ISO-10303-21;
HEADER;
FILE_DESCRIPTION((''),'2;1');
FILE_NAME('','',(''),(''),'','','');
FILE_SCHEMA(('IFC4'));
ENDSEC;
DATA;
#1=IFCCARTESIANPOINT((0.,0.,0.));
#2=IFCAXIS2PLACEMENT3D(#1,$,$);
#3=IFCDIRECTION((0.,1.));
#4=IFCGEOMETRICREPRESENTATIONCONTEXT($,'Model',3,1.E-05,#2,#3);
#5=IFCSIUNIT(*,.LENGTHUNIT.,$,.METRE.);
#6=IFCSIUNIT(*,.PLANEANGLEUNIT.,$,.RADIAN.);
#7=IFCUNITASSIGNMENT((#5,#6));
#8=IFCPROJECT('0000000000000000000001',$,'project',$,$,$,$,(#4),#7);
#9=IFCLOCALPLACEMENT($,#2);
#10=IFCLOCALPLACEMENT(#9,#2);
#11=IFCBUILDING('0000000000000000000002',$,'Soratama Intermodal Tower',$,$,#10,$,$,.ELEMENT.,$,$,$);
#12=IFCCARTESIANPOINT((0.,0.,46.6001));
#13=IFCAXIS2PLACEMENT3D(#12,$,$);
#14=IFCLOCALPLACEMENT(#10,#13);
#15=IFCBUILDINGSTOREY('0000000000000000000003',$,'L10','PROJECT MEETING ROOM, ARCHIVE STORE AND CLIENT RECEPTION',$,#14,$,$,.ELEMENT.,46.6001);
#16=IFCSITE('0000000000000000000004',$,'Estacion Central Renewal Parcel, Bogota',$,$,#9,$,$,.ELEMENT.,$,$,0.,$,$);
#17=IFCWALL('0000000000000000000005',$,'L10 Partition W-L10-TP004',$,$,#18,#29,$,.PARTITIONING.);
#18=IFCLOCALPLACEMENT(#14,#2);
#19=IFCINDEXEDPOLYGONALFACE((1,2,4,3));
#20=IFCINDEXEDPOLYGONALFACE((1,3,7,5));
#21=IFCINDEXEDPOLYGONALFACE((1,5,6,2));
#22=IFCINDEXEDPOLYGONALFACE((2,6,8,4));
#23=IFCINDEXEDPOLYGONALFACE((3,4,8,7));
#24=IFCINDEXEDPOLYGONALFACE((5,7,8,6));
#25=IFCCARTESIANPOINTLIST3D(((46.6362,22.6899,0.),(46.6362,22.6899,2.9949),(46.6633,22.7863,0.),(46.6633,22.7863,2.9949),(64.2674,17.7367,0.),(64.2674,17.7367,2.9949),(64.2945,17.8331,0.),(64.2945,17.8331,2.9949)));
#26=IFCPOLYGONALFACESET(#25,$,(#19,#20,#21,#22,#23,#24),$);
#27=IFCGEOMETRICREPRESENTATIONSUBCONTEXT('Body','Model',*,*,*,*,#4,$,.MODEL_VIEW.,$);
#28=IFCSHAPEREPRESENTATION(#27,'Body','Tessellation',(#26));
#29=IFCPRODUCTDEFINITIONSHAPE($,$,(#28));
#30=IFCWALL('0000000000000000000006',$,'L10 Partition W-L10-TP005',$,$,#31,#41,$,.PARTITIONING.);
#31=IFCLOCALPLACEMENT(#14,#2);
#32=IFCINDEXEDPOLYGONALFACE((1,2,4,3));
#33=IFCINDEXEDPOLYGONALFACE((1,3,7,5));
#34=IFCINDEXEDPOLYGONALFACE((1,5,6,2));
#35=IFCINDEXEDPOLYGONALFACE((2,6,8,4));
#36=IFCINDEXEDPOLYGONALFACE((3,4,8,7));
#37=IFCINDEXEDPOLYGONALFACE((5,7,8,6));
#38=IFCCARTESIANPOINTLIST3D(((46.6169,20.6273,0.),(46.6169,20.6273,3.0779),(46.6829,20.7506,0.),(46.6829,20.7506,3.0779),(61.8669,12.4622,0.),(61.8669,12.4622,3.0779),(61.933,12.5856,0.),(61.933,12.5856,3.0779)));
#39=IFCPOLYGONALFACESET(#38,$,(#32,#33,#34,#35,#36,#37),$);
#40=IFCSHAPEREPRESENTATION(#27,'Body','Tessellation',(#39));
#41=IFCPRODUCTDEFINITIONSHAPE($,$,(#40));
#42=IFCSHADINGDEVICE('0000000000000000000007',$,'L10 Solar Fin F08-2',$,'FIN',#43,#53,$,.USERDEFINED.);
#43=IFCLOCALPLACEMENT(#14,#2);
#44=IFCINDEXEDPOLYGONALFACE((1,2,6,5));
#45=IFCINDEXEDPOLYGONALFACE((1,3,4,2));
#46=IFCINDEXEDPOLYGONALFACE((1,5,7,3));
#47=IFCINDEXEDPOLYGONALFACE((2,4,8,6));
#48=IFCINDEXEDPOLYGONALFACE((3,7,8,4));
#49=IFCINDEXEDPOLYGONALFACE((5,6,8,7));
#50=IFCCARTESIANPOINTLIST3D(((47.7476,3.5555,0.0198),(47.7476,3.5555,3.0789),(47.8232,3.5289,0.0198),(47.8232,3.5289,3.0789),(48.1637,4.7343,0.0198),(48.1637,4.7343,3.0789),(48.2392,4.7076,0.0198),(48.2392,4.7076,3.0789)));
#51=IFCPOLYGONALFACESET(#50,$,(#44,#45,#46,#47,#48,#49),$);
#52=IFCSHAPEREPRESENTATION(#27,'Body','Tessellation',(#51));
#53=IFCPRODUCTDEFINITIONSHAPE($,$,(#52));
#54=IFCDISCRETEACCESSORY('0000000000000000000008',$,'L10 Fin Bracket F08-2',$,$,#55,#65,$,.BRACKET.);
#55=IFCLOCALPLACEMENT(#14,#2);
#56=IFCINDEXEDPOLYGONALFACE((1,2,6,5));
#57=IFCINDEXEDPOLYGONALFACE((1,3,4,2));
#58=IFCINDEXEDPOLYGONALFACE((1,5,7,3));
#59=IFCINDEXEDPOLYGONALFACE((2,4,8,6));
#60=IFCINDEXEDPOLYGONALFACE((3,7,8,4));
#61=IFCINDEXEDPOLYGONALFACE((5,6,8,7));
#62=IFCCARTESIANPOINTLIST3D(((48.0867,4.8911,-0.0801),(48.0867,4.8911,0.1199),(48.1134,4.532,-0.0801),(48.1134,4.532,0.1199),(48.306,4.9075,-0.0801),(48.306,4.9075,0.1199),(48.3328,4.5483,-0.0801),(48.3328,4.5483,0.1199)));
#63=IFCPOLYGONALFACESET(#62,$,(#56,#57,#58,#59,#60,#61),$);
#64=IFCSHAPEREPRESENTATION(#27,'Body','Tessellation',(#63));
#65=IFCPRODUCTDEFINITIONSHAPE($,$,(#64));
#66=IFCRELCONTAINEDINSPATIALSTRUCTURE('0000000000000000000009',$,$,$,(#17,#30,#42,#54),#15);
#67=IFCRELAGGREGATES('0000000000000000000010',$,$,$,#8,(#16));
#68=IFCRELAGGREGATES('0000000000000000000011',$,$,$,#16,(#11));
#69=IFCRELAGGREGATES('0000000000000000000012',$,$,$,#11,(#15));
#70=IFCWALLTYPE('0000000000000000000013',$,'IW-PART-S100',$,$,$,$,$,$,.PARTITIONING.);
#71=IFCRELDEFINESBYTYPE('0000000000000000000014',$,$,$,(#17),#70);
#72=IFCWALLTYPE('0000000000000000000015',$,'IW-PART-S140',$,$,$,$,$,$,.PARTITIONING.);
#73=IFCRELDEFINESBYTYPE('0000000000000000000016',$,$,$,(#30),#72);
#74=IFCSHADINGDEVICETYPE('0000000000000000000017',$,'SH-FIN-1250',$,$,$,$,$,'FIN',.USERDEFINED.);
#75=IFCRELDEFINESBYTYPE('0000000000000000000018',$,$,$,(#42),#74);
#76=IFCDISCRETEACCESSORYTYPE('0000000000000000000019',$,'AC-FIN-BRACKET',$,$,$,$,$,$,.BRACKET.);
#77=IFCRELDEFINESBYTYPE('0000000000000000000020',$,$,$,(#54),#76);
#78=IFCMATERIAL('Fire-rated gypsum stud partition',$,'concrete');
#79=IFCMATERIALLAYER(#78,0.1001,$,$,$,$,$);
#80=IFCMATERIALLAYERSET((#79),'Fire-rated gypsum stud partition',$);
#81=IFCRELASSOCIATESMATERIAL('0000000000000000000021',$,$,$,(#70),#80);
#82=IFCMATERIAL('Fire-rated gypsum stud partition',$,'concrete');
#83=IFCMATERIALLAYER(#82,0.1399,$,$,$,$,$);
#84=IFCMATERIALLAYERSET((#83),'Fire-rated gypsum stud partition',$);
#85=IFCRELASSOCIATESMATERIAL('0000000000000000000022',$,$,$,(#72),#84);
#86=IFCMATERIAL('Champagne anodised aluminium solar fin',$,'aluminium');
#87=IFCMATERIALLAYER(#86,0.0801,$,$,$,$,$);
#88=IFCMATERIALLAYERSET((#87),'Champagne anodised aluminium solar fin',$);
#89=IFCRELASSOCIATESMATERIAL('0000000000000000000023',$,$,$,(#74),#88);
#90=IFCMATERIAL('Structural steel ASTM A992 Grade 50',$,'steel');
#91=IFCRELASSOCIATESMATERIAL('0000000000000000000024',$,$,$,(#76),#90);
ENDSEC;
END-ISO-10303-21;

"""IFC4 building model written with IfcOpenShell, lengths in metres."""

from ifc_helpers import new_model, si_unit, direction, frame, frame_2d, origin, origin_2d, place, context, subcontext, project, spatial, rectangle, extrude, material, layer, layer_set, type_object, element, save


model = new_model("IFC4")

# Units and contexts
model_context = context("Model", 3, precision=1e-05, world=origin(), true_north=direction((0.0, 1.0)))
body_context = subcontext(model_context, "Body", "Model", "MODEL_VIEW")
ifc_project = project(units=[si_unit("LENGTHUNIT", "METRE"), si_unit("PLANEANGLEUNIT", "RADIAN")], contexts=[model_context])

# Site, building, storey
site_placement = place(None, origin())
site = spatial("IfcSite", under=ifc_project, at=site_placement, Name="Estacion Central Renewal Parcel, Bogota", CompositionType="ELEMENT", RefElevation=0.0)
building_placement = place(site_placement, origin())
building = spatial("IfcBuilding", under=site, at=building_placement, Name="Soratama Intermodal Tower", CompositionType="ELEMENT")
storey_placement = place(building_placement, frame((0.0, 0.0, 46.6001)))
storey = spatial("IfcBuildingStorey", under=building, at=storey_placement, Name="L10", Description="PROJECT MEETING ROOM, ARCHIVE STORE AND CLIENT RECEPTION", CompositionType="ELEMENT", Elevation=46.6001)

# Walls
ifc_material_1 = material(Name="Fire-rated gypsum stud partition", Category="concrete")
ifc_layer_1 = layer(ifc_material_1, 0.1001)
ifc_layer_set_1 = layer_set([ifc_layer_1], Name="Fire-rated gypsum stud partition")
wall_type_1 = type_object("IfcWallType", Name="IW-PART-S100", PredefinedType="PARTITIONING", material=ifc_layer_set_1)
wall_1_placement = place(storey_placement, frame((46.6499, 22.738, 0.0), z_axis=(0.0, 0.0, 1.0), x_axis=(0.962731, -0.270461, 0.0)))
element("IfcWall", 1, at=wall_1_placement, inside=storey, type_object=wall_type_1, Name="L10 Partition W-L10-TP004", PredefinedType="PARTITIONING", context=body_context, shape_type="SweptSolid", body=[
    extrude(rectangle(XDim=18.3137, YDim=0.1001, at=frame_2d((9.1567, 0.0))), origin(), (0.0, 0.0, 1.0), 2.9949),
])
ifc_material_2 = material(Name="Fire-rated gypsum stud partition", Category="concrete")
ifc_layer_2 = layer(ifc_material_2, 0.1399)
ifc_layer_set_2 = layer_set([ifc_layer_2], Name="Fire-rated gypsum stud partition")
wall_type_2 = type_object("IfcWallType", Name="IW-PART-S140", PredefinedType="PARTITIONING", material=ifc_layer_set_2)
wall_2_placement = place(storey_placement, frame((46.6499, 20.689, 0.0), z_axis=(0.0, 0.0, 1.0), x_axis=(0.881591, -0.472015, 0.0)))
element("IfcWall", 2, at=wall_2_placement, inside=storey, type_object=wall_type_2, Name="L10 Partition W-L10-TP005", PredefinedType="PARTITIONING", context=body_context, shape_type="SweptSolid", body=[
    extrude(rectangle(XDim=17.2983, YDim=0.1399, at=frame_2d((8.6492, 0.0))), origin(), (0.0, 0.0, 1.0), 3.0779),
])

# Shading device
ifc_material_3 = material(Name="Champagne anodised aluminium solar fin", Category="aluminium")
ifc_layer_3 = layer(ifc_material_3, 0.0801)
ifc_layer_set_3 = layer_set([ifc_layer_3], Name="Champagne anodised aluminium solar fin")
shading_device_type = type_object("IfcShadingDeviceType", Name="SH-FIN-1250", ElementType="FIN", PredefinedType="USERDEFINED", material=ifc_layer_set_3)
shading_device_placement = place(storey_placement, frame((47.9934, 4.1316, 0.0198), z_axis=(0.0, 0.0, 1.0), x_axis=(-0.33282, -0.942991, 0.0)))
element("IfcShadingDevice", 3, at=shading_device_placement, inside=storey, type_object=shading_device_type, Name="L10 Solar Fin F08-2", ObjectType="FIN", PredefinedType="USERDEFINED", context=body_context, shape_type="SweptSolid", body=[
    extrude(rectangle(XDim=1.25, YDim=0.0801, at=origin_2d()), origin(), (0.0, 0.0, 1.0), 3.0591),
])

# Discrete accessory
ifc_material_4 = material(Name="Structural steel ASTM A992 Grade 50", Category="steel")
discrete_accessory_type = type_object("IfcDiscreteAccessoryType", Name="AC-FIN-BRACKET", PredefinedType="BRACKET", material=ifc_material_4)
discrete_accessory_placement = place(storey_placement, frame((48.2097, 4.7197, -0.0801), z_axis=(0.0, 0.0, 1.0), x_axis=(0.074283, -0.997237, 0.0)))
element("IfcDiscreteAccessory", 4, at=discrete_accessory_placement, inside=storey, type_object=discrete_accessory_type, Name="L10 Fin Bracket F08-2", PredefinedType="BRACKET", context=body_context, shape_type="SweptSolid", body=[
    extrude(rectangle(XDim=0.3601, YDim=0.22, at=origin_2d()), origin(), (0.0, 0.0, 1.0), 0.2),
])

save(model, "model.ifc")
